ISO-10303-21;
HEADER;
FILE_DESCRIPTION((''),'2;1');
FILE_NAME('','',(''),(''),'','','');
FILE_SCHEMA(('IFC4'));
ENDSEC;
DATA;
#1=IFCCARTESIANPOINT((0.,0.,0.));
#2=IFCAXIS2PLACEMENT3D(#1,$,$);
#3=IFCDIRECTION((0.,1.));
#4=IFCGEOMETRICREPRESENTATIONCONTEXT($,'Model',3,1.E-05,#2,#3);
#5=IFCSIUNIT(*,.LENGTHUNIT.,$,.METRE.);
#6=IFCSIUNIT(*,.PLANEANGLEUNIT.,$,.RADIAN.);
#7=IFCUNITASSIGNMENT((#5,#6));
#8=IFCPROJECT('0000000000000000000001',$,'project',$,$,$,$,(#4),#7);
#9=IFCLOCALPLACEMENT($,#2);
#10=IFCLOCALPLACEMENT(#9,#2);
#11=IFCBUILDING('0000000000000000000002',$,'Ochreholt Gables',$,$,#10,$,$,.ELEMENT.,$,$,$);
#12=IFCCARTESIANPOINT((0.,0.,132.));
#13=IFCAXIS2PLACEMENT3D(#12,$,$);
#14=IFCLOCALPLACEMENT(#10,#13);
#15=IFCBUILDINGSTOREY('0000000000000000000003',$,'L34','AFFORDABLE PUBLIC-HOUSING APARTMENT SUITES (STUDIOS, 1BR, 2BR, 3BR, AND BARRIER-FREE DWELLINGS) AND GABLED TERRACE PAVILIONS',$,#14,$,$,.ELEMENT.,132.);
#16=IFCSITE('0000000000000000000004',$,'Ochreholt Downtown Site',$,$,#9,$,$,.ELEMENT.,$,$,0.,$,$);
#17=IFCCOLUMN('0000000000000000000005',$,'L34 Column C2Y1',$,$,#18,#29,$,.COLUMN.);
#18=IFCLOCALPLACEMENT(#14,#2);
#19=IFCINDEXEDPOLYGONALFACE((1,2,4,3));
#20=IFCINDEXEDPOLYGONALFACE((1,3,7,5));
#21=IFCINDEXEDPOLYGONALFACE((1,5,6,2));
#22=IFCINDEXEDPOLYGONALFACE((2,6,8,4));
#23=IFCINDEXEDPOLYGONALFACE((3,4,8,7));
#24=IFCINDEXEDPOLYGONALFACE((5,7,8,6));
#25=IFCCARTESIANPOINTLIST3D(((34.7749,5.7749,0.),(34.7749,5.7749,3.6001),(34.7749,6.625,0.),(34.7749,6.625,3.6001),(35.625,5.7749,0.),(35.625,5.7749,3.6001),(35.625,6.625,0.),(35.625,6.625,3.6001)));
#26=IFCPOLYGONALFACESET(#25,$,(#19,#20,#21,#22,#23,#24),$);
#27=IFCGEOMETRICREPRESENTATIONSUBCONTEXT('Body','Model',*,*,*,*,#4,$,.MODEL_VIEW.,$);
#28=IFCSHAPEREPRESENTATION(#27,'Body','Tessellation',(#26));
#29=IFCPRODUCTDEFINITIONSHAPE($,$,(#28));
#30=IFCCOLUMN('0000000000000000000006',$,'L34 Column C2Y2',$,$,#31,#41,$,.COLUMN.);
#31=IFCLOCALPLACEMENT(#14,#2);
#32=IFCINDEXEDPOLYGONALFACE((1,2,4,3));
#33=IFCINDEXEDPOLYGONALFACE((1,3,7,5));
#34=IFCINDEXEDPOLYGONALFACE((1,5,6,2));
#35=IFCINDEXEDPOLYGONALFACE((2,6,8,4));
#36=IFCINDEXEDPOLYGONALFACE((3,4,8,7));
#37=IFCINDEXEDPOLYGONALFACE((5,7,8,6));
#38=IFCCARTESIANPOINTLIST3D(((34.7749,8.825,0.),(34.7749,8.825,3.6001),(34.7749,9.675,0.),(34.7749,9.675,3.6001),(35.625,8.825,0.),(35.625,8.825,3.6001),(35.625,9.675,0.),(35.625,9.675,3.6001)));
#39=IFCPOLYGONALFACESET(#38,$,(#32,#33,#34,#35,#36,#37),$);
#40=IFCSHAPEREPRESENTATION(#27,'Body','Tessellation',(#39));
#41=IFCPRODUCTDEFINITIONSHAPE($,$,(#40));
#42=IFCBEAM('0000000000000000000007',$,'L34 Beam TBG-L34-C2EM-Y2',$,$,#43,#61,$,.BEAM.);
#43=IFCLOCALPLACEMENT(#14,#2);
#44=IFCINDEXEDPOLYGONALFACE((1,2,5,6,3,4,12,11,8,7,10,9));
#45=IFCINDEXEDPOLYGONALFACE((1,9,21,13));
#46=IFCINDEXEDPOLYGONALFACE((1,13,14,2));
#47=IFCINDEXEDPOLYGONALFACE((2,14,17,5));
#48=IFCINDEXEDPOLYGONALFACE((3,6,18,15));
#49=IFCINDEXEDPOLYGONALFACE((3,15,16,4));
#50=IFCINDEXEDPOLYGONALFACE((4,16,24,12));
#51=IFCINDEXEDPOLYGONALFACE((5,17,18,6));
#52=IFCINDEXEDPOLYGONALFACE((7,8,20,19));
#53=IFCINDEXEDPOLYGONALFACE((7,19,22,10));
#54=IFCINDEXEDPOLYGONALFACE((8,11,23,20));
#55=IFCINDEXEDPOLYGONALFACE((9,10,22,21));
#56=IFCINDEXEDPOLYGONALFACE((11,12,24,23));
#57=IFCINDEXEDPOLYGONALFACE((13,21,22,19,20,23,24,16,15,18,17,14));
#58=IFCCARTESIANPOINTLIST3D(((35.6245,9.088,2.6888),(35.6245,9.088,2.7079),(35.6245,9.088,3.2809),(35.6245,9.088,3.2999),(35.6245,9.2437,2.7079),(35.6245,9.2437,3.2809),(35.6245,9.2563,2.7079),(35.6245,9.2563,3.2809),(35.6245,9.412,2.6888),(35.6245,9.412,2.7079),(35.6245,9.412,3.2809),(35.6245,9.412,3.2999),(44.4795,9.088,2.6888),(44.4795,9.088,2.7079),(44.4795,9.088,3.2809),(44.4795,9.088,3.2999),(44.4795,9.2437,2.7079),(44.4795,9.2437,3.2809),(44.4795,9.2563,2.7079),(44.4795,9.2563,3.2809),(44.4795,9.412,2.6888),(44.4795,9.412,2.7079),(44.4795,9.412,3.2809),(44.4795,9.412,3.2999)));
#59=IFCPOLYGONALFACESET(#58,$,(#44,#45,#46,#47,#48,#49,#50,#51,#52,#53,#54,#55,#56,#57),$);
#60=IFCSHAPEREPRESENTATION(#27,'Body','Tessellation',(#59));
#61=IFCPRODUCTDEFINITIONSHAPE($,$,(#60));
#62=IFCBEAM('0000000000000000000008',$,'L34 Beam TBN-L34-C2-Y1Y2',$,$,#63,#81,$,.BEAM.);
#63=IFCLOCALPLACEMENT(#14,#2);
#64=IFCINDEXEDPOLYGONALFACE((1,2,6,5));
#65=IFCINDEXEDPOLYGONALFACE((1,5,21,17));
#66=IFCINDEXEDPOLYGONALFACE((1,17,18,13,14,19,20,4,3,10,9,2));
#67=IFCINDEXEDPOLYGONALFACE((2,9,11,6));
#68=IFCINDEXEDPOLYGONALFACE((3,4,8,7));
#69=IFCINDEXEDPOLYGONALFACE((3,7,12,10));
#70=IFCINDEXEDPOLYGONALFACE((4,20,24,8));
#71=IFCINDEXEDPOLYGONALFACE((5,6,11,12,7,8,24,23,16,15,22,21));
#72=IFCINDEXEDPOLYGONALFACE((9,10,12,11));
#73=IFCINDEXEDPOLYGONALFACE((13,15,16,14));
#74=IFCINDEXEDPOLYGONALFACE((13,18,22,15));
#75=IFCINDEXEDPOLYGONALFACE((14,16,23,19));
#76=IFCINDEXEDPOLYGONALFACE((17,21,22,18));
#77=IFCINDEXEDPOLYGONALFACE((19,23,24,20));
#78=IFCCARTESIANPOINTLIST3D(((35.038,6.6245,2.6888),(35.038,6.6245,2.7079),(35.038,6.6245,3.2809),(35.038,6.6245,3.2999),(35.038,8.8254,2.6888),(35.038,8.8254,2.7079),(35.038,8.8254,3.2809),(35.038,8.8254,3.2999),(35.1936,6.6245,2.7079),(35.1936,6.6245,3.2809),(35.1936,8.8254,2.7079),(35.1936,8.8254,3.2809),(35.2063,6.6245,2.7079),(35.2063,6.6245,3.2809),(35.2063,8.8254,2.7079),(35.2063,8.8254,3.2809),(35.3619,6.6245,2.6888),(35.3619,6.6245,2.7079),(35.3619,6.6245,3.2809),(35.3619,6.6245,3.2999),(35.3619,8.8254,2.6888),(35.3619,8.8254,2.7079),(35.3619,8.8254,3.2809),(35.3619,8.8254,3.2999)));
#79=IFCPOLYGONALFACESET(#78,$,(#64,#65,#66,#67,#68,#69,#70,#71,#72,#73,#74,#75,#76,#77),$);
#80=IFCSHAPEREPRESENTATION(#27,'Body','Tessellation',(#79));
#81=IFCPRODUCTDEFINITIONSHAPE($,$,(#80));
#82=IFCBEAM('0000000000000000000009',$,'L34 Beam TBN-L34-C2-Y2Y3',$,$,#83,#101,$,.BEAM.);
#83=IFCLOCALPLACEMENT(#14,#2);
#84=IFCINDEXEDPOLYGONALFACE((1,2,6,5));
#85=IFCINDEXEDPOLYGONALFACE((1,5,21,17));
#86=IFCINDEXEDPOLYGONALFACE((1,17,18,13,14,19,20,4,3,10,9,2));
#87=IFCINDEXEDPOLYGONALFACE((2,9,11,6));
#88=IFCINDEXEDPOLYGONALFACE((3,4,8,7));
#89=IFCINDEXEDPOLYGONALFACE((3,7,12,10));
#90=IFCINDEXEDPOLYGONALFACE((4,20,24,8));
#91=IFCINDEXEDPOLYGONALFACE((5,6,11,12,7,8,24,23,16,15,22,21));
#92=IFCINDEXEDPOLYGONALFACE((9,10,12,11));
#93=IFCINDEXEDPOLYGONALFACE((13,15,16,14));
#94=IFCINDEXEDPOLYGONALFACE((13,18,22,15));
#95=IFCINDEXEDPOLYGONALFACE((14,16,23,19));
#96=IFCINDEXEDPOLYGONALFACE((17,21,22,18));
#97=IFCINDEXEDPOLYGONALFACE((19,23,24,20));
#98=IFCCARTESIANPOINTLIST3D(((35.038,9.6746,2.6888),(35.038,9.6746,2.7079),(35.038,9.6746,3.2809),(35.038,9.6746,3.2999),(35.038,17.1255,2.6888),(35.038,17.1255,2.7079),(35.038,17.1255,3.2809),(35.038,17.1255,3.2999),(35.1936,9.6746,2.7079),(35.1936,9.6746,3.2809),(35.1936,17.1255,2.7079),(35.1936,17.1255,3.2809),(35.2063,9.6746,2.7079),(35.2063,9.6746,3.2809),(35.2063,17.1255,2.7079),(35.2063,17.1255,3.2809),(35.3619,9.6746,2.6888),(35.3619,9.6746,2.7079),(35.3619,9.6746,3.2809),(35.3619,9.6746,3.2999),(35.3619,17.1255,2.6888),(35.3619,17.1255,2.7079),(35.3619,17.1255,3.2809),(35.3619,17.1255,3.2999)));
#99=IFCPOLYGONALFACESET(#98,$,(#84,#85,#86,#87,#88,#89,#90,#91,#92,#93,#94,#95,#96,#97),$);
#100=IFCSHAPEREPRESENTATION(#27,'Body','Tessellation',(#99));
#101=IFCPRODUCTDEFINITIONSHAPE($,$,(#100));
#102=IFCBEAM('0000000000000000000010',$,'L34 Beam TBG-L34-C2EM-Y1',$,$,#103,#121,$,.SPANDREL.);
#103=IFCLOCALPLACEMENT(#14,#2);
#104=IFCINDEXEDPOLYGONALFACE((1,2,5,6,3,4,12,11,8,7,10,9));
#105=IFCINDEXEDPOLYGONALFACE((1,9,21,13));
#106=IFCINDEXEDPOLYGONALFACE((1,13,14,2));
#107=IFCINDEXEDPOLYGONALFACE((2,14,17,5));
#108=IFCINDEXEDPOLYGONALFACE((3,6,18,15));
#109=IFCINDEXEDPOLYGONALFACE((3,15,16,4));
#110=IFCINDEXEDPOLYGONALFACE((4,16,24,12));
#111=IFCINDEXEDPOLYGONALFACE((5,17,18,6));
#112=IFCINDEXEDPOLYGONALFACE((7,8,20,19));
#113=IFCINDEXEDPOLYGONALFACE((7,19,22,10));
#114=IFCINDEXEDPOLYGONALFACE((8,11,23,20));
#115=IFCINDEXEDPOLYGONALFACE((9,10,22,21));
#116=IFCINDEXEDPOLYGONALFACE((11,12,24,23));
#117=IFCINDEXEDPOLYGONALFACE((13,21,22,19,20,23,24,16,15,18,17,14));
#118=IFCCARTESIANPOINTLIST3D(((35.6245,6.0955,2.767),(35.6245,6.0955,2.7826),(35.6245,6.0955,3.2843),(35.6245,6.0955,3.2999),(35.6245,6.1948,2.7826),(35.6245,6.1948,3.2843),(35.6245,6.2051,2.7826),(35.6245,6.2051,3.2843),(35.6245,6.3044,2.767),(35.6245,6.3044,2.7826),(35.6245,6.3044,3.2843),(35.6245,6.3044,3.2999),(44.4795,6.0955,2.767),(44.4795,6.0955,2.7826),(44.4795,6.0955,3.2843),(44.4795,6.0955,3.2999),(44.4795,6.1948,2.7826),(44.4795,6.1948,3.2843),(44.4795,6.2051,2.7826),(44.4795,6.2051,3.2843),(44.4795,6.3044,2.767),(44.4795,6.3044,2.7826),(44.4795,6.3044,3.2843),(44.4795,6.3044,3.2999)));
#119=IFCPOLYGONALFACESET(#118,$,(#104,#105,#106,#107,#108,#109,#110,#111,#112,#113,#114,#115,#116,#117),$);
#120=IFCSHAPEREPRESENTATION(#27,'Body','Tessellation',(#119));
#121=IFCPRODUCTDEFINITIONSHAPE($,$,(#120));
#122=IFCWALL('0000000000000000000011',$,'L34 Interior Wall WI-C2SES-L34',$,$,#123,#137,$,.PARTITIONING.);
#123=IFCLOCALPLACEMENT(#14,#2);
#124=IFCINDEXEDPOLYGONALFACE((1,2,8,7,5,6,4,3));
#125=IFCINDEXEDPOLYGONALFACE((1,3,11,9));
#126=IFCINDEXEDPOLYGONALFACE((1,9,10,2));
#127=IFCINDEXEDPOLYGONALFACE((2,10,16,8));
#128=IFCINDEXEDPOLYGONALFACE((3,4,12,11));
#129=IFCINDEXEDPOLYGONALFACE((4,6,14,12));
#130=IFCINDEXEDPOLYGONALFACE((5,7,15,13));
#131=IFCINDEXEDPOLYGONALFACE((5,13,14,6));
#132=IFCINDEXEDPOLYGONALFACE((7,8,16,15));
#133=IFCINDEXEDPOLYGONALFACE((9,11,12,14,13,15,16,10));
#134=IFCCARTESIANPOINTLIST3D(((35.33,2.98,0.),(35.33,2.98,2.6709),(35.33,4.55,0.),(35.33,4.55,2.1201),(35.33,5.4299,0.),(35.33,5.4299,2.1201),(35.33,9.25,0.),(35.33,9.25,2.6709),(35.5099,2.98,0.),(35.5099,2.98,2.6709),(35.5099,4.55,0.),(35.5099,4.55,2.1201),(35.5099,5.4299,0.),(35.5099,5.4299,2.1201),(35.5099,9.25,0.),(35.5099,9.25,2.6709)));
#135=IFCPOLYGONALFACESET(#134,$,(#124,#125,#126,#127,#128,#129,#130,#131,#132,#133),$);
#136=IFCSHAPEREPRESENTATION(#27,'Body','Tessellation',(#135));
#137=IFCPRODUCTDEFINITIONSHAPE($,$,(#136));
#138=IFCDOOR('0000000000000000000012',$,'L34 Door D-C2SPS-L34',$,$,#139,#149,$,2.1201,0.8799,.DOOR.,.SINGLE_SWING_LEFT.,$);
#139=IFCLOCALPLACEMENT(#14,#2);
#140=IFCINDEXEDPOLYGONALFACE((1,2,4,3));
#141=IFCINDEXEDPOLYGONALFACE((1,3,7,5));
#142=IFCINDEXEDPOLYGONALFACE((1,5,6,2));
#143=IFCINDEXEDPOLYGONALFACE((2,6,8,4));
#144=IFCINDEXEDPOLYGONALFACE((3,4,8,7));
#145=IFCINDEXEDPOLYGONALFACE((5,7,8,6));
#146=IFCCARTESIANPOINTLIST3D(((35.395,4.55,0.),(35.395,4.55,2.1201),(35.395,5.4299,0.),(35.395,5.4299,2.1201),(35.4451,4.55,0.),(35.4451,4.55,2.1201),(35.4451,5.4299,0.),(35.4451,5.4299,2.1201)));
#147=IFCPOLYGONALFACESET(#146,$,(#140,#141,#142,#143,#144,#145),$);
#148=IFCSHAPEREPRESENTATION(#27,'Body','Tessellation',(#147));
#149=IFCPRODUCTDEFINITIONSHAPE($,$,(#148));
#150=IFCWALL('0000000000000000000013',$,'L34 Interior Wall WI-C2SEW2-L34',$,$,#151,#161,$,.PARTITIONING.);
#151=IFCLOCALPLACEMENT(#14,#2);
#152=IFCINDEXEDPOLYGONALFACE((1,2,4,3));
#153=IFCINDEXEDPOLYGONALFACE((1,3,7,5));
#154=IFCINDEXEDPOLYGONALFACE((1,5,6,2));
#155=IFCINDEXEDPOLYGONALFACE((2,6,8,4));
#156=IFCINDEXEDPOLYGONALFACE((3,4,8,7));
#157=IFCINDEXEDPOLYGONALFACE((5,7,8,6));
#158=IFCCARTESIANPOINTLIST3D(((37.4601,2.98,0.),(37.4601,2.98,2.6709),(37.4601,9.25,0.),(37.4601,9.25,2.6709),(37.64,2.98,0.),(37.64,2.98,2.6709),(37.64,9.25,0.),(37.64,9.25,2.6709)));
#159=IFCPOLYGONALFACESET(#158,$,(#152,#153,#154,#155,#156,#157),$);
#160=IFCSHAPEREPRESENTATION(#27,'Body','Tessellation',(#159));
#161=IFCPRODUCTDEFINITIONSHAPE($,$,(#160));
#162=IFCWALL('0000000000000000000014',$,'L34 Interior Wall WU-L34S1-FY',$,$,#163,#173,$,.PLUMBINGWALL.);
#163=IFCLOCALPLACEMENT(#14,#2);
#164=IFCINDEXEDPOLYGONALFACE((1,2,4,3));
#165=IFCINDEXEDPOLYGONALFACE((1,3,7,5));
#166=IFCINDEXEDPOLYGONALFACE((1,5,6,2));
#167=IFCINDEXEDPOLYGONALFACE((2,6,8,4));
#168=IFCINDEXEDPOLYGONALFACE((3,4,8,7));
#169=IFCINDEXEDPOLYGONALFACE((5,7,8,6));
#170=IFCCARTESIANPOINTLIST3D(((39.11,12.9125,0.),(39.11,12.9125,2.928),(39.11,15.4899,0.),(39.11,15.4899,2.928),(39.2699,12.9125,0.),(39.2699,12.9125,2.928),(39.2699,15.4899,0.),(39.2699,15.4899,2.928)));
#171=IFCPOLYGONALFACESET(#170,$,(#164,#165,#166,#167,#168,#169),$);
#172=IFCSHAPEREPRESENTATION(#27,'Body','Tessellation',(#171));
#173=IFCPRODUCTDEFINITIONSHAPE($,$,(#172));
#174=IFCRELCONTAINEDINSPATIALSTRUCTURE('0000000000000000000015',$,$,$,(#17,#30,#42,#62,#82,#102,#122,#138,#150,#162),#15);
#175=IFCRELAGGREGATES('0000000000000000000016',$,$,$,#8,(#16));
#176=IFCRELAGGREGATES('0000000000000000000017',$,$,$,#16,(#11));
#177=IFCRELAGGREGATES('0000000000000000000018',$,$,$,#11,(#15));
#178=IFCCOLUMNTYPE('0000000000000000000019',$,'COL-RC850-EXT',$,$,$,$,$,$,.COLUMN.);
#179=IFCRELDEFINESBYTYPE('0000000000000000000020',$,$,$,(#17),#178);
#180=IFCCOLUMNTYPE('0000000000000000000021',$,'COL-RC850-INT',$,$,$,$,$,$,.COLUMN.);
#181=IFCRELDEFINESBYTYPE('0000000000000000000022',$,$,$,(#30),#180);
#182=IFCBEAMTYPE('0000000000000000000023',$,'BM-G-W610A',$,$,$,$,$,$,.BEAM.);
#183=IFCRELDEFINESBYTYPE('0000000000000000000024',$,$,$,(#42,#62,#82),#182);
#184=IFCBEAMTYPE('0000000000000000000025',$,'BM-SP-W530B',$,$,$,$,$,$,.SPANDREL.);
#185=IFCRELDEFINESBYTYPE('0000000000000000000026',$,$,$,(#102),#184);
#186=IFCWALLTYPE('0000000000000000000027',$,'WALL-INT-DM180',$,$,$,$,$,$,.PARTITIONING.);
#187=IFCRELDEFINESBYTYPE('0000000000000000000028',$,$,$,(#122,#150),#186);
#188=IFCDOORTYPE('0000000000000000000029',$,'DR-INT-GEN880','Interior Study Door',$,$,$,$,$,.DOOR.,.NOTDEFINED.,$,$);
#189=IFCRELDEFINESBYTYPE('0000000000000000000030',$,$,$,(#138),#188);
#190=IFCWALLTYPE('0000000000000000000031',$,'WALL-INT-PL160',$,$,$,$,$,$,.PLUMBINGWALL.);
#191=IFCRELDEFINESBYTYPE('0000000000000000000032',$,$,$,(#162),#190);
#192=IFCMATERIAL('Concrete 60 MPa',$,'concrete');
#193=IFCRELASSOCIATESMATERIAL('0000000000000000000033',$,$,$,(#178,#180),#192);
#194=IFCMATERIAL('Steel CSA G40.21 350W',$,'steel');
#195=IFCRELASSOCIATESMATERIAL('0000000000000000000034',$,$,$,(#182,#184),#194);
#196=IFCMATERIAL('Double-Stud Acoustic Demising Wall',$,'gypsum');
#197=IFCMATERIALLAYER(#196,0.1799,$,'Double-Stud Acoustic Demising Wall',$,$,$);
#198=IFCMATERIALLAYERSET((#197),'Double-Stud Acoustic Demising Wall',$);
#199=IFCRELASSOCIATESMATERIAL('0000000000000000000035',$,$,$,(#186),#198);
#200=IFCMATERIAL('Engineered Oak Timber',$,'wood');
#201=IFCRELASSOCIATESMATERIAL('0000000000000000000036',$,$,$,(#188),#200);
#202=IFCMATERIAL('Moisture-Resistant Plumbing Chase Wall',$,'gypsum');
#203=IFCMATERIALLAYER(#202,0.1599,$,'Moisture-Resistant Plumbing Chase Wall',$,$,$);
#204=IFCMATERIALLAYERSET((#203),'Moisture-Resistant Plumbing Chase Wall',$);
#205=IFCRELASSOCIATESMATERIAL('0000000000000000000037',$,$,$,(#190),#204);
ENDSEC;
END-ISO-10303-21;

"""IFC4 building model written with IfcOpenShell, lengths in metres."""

from ifc_helpers import new_model, si_unit, direction, frame, frame_2d, origin, origin_2d, place, context, subcontext, project, spatial, rectangle, i_section, extrude, material, layer, layer_set, material_profile, profile_set, type_object, element, fill, save


model = new_model("IFC4")

# Units and contexts
model_context = context("Model", 3, precision=1e-05, world=origin(), true_north=direction((0.0, 1.0)))
body_context = subcontext(model_context, "Body", "Model", "MODEL_VIEW")
ifc_project = project(units=[si_unit("LENGTHUNIT", "METRE"), si_unit("PLANEANGLEUNIT", "RADIAN")], contexts=[model_context])

# Site, building, storey
site_placement = place(None, origin())
site = spatial("IfcSite", under=ifc_project, at=site_placement, Name="Ochreholt Downtown Site", CompositionType="ELEMENT", RefElevation=0.0)
building_placement = place(site_placement, origin())
building = spatial("IfcBuilding", under=site, at=building_placement, Name="Ochreholt Gables", CompositionType="ELEMENT")
storey_placement = place(building_placement, frame((0.0, 0.0, 132.0)))
storey = spatial("IfcBuildingStorey", under=building, at=storey_placement, Name="L34", Description="AFFORDABLE PUBLIC-HOUSING APARTMENT SUITES (STUDIOS, 1BR, 2BR, 3BR, AND BARRIER-FREE DWELLINGS) AND GABLED TERRACE PAVILIONS", CompositionType="ELEMENT", Elevation=132.0)

# Columns
ifc_material_1 = material(Name="Concrete 60 MPa", Category="concrete")
ifc_material_profile_1 = material_profile(ifc_material_1, rectangle(XDim=0.8501, YDim=0.8501, at=origin_2d()), Name="RC850X850")
ifc_profile_set_1 = profile_set([ifc_material_profile_1], Name="Concrete 60 MPa")
column_type_1 = type_object("IfcColumnType", Name="COL-RC850-EXT", PredefinedType="COLUMN", material=ifc_profile_set_1)
column_1_placement = place(storey_placement, frame((35.2, 6.2, 0.0), z_axis=(0.0, 0.0, 1.0), x_axis=(1.0, 0.0, 0.0)))
element("IfcColumn", 1, at=column_1_placement, inside=storey, type_object=column_type_1, Name="L34 Column C2Y1", PredefinedType="COLUMN", context=body_context, shape_type="SweptSolid", body=[
    extrude(rectangle(XDim=0.8501, YDim=0.8501, at=origin_2d()), origin(), (0.0, 0.0, 1.0), 3.6001),
])
ifc_material_profile_2 = material_profile(ifc_material_1, rectangle(XDim=0.8501, YDim=0.8501, at=origin_2d()), Name="RC850X850")
ifc_profile_set_2 = profile_set([ifc_material_profile_2], Name="Concrete 60 MPa")
column_type_2 = type_object("IfcColumnType", Name="COL-RC850-INT", PredefinedType="COLUMN", material=ifc_profile_set_2)
column_2_placement = place(storey_placement, frame((35.2, 9.25, 0.0), z_axis=(0.0, 0.0, 1.0), x_axis=(1.0, 0.0, 0.0)))
element("IfcColumn", 2, at=column_2_placement, inside=storey, type_object=column_type_2, Name="L34 Column C2Y2", PredefinedType="COLUMN", context=body_context, shape_type="SweptSolid", body=[
    extrude(rectangle(XDim=0.8501, YDim=0.8501, at=origin_2d()), origin(), (0.0, 0.0, 1.0), 3.6001),
])

# Beams
ifc_material_2 = material(Name="Steel CSA G40.21 350W", Category="steel")
ifc_material_profile_3 = material_profile(ifc_material_2, i_section(OverallWidth=0.324, OverallDepth=0.6111, WebThickness=0.0127, FlangeThickness=0.019, at=origin_2d()), Name="W610X155")
ifc_profile_set_3 = profile_set([ifc_material_profile_3], Name="Steel CSA G40.21 350W")
beam_type_1 = type_object("IfcBeamType", Name="BM-G-W610A", PredefinedType="BEAM", material=ifc_profile_set_3)
beam_1_placement = place(storey_placement, frame((35.6245, 9.25, 2.9944), z_axis=(1.0, 0.0, 0.0), x_axis=(0.0, 1.0, 0.0)))
element("IfcBeam", 3, at=beam_1_placement, inside=storey, type_object=beam_type_1, Name="L34 Beam TBG-L34-C2EM-Y2", PredefinedType="BEAM", context=body_context, shape_type="SweptSolid", body=[
    extrude(i_section(OverallWidth=0.324, OverallDepth=0.6111, WebThickness=0.0127, FlangeThickness=0.019, at=origin_2d()), origin(), (0.0, 0.0, 1.0), 8.855),
])
beam_2_placement = place(storey_placement, frame((35.2, 6.6245, 2.9944), z_axis=(0.0, 1.0, 0.0), x_axis=(-1.0, 0.0, 0.0)))
element("IfcBeam", 4, at=beam_2_placement, inside=storey, type_object=beam_type_1, Name="L34 Beam TBN-L34-C2-Y1Y2", PredefinedType="BEAM", context=body_context, shape_type="SweptSolid", body=[
    extrude(i_section(OverallWidth=0.324, OverallDepth=0.6111, WebThickness=0.0127, FlangeThickness=0.019, at=origin_2d()), origin(), (0.0, 0.0, 1.0), 2.2009),
])
beam_3_placement = place(storey_placement, frame((35.2, 9.6746, 2.9944), z_axis=(0.0, 1.0, 0.0), x_axis=(-1.0, 0.0, 0.0)))
element("IfcBeam", 5, at=beam_3_placement, inside=storey, type_object=beam_type_1, Name="L34 Beam TBN-L34-C2-Y2Y3", PredefinedType="BEAM", context=body_context, shape_type="SweptSolid", body=[
    extrude(i_section(OverallWidth=0.324, OverallDepth=0.6111, WebThickness=0.0127, FlangeThickness=0.019, at=origin_2d()), origin(), (0.0, 0.0, 1.0), 7.4509),
])
ifc_material_profile_4 = material_profile(ifc_material_2, i_section(OverallWidth=0.209, OverallDepth=0.533, WebThickness=0.0103, FlangeThickness=0.0156, at=origin_2d()), Name="W530X92")
ifc_profile_set_4 = profile_set([ifc_material_profile_4], Name="Steel CSA G40.21 350W")
beam_type_2 = type_object("IfcBeamType", Name="BM-SP-W530B", PredefinedType="SPANDREL", material=ifc_profile_set_4)
beam_4_placement = place(storey_placement, frame((35.6245, 6.2, 3.0334), z_axis=(1.0, 0.0, 0.0), x_axis=(0.0, 1.0, 0.0)))
element("IfcBeam", 6, at=beam_4_placement, inside=storey, type_object=beam_type_2, Name="L34 Beam TBG-L34-C2EM-Y1", PredefinedType="SPANDREL", context=body_context, shape_type="SweptSolid", body=[
    extrude(i_section(OverallWidth=0.209, OverallDepth=0.533, WebThickness=0.0103, FlangeThickness=0.0156, at=origin_2d()), origin(), (0.0, 0.0, 1.0), 8.855),
])

# Wall, opening, door
ifc_material_3 = material(Name="Double-Stud Acoustic Demising Wall", Category="gypsum")
ifc_layer_1 = layer(ifc_material_3, 0.1799, Name="Double-Stud Acoustic Demising Wall")
ifc_layer_set_1 = layer_set([ifc_layer_1], Name="Double-Stud Acoustic Demising Wall")
wall_type_1 = type_object("IfcWallType", Name="WALL-INT-DM180", PredefinedType="PARTITIONING", material=ifc_layer_set_1)
wall_1_placement = place(storey_placement, frame((35.4199, 2.98, 0.0), z_axis=(0.0, 0.0, 1.0), x_axis=(0.0, 1.0, 0.0)))
wall_1 = element("IfcWall", 7, at=wall_1_placement, inside=storey, type_object=wall_type_1, Name="L34 Interior Wall WI-C2SES-L34", PredefinedType="PARTITIONING", context=body_context, shape_type="SweptSolid", body=[
    extrude(rectangle(XDim=6.27, YDim=0.1799, at=frame_2d((3.135, 0.0))), origin(), (0.0, 0.0, 1.0), 2.6709),
])
opening_1_placement = place(wall_1_placement, frame((1.5701, 0.0, 0.0)))
opening_1 = element("IfcOpeningElement", 8, at=opening_1_placement, cuts=wall_1, PredefinedType="OPENING", context=body_context, shape_type="SweptSolid", body=[
    extrude(rectangle(XDim=0.8799, YDim=2.1201, at=frame_2d((0.4399, 1.0601))), frame((0.0, 0.0999, 0.0), z_axis=(0.0, -1.0, 0.0), x_axis=(1.0, 0.0, 0.0)), (0.0, 0.0, 1.0), 0.2),
])
ifc_material_4 = material(Name="Engineered Oak Timber", Category="wood")
door_type_1 = type_object("IfcDoorType", Name="DR-INT-GEN880", Description="Interior Study Door", OperationType="NOTDEFINED", PredefinedType="DOOR", material=ifc_material_4)
door_1_placement = place(opening_1_placement, origin())
door_1 = element("IfcDoor", 9, at=door_1_placement, inside=storey, type_object=door_type_1, Name="L34 Door D-C2SPS-L34", OperationType="SINGLE_SWING_LEFT", OverallHeight=2.1201, OverallWidth=0.8799, PredefinedType="DOOR", context=body_context, shape_type="SweptSolid", body=[
    extrude(rectangle(XDim=0.8799, YDim=2.1201, at=frame_2d((0.4399, 1.0601))), frame((0.0, 0.0249, 0.0), z_axis=(0.0, -1.0, 0.0), x_axis=(1.0, 0.0, 0.0)), (0.0, 0.0, 1.0), 0.05),
])
fill(opening_1, door_1)

# Wall
wall_2_placement = place(storey_placement, frame((37.55, 2.98, 0.0), z_axis=(0.0, 0.0, 1.0), x_axis=(0.0, 1.0, 0.0)))
element("IfcWall", 10, at=wall_2_placement, inside=storey, type_object=wall_type_1, Name="L34 Interior Wall WI-C2SEW2-L34", PredefinedType="PARTITIONING", context=body_context, shape_type="SweptSolid", body=[
    extrude(rectangle(XDim=6.27, YDim=0.1799, at=frame_2d((3.135, 0.0))), origin(), (0.0, 0.0, 1.0), 2.6709),
])

# Shared definitions
ifc_material_5 = material(Name="Moisture-Resistant Plumbing Chase Wall", Category="gypsum")
ifc_layer_2 = layer(ifc_material_5, 0.1599, Name="Moisture-Resistant Plumbing Chase Wall")
ifc_layer_set_2 = layer_set([ifc_layer_2], Name="Moisture-Resistant Plumbing Chase Wall")
wall_type_2 = type_object("IfcWallType", Name="WALL-INT-PL160", PredefinedType="PLUMBINGWALL", material=ifc_layer_set_2)

# Wall
wall_3_placement = place(storey_placement, frame((39.1899, 12.9126, 0.0), z_axis=(0.0, 0.0, 1.0), x_axis=(0.0, 1.0, 0.0)))
element("IfcWall", 11, at=wall_3_placement, inside=storey, type_object=wall_type_2, Name="L34 Interior Wall WU-L34S1-FY", PredefinedType="PLUMBINGWALL", context=body_context, shape_type="SweptSolid", body=[
    extrude(rectangle(XDim=2.5774, YDim=0.1599, at=frame_2d((1.2886, 0.0))), origin(), (0.0, 0.0, 1.0), 2.928),
])

save(model, "model.ifc")
